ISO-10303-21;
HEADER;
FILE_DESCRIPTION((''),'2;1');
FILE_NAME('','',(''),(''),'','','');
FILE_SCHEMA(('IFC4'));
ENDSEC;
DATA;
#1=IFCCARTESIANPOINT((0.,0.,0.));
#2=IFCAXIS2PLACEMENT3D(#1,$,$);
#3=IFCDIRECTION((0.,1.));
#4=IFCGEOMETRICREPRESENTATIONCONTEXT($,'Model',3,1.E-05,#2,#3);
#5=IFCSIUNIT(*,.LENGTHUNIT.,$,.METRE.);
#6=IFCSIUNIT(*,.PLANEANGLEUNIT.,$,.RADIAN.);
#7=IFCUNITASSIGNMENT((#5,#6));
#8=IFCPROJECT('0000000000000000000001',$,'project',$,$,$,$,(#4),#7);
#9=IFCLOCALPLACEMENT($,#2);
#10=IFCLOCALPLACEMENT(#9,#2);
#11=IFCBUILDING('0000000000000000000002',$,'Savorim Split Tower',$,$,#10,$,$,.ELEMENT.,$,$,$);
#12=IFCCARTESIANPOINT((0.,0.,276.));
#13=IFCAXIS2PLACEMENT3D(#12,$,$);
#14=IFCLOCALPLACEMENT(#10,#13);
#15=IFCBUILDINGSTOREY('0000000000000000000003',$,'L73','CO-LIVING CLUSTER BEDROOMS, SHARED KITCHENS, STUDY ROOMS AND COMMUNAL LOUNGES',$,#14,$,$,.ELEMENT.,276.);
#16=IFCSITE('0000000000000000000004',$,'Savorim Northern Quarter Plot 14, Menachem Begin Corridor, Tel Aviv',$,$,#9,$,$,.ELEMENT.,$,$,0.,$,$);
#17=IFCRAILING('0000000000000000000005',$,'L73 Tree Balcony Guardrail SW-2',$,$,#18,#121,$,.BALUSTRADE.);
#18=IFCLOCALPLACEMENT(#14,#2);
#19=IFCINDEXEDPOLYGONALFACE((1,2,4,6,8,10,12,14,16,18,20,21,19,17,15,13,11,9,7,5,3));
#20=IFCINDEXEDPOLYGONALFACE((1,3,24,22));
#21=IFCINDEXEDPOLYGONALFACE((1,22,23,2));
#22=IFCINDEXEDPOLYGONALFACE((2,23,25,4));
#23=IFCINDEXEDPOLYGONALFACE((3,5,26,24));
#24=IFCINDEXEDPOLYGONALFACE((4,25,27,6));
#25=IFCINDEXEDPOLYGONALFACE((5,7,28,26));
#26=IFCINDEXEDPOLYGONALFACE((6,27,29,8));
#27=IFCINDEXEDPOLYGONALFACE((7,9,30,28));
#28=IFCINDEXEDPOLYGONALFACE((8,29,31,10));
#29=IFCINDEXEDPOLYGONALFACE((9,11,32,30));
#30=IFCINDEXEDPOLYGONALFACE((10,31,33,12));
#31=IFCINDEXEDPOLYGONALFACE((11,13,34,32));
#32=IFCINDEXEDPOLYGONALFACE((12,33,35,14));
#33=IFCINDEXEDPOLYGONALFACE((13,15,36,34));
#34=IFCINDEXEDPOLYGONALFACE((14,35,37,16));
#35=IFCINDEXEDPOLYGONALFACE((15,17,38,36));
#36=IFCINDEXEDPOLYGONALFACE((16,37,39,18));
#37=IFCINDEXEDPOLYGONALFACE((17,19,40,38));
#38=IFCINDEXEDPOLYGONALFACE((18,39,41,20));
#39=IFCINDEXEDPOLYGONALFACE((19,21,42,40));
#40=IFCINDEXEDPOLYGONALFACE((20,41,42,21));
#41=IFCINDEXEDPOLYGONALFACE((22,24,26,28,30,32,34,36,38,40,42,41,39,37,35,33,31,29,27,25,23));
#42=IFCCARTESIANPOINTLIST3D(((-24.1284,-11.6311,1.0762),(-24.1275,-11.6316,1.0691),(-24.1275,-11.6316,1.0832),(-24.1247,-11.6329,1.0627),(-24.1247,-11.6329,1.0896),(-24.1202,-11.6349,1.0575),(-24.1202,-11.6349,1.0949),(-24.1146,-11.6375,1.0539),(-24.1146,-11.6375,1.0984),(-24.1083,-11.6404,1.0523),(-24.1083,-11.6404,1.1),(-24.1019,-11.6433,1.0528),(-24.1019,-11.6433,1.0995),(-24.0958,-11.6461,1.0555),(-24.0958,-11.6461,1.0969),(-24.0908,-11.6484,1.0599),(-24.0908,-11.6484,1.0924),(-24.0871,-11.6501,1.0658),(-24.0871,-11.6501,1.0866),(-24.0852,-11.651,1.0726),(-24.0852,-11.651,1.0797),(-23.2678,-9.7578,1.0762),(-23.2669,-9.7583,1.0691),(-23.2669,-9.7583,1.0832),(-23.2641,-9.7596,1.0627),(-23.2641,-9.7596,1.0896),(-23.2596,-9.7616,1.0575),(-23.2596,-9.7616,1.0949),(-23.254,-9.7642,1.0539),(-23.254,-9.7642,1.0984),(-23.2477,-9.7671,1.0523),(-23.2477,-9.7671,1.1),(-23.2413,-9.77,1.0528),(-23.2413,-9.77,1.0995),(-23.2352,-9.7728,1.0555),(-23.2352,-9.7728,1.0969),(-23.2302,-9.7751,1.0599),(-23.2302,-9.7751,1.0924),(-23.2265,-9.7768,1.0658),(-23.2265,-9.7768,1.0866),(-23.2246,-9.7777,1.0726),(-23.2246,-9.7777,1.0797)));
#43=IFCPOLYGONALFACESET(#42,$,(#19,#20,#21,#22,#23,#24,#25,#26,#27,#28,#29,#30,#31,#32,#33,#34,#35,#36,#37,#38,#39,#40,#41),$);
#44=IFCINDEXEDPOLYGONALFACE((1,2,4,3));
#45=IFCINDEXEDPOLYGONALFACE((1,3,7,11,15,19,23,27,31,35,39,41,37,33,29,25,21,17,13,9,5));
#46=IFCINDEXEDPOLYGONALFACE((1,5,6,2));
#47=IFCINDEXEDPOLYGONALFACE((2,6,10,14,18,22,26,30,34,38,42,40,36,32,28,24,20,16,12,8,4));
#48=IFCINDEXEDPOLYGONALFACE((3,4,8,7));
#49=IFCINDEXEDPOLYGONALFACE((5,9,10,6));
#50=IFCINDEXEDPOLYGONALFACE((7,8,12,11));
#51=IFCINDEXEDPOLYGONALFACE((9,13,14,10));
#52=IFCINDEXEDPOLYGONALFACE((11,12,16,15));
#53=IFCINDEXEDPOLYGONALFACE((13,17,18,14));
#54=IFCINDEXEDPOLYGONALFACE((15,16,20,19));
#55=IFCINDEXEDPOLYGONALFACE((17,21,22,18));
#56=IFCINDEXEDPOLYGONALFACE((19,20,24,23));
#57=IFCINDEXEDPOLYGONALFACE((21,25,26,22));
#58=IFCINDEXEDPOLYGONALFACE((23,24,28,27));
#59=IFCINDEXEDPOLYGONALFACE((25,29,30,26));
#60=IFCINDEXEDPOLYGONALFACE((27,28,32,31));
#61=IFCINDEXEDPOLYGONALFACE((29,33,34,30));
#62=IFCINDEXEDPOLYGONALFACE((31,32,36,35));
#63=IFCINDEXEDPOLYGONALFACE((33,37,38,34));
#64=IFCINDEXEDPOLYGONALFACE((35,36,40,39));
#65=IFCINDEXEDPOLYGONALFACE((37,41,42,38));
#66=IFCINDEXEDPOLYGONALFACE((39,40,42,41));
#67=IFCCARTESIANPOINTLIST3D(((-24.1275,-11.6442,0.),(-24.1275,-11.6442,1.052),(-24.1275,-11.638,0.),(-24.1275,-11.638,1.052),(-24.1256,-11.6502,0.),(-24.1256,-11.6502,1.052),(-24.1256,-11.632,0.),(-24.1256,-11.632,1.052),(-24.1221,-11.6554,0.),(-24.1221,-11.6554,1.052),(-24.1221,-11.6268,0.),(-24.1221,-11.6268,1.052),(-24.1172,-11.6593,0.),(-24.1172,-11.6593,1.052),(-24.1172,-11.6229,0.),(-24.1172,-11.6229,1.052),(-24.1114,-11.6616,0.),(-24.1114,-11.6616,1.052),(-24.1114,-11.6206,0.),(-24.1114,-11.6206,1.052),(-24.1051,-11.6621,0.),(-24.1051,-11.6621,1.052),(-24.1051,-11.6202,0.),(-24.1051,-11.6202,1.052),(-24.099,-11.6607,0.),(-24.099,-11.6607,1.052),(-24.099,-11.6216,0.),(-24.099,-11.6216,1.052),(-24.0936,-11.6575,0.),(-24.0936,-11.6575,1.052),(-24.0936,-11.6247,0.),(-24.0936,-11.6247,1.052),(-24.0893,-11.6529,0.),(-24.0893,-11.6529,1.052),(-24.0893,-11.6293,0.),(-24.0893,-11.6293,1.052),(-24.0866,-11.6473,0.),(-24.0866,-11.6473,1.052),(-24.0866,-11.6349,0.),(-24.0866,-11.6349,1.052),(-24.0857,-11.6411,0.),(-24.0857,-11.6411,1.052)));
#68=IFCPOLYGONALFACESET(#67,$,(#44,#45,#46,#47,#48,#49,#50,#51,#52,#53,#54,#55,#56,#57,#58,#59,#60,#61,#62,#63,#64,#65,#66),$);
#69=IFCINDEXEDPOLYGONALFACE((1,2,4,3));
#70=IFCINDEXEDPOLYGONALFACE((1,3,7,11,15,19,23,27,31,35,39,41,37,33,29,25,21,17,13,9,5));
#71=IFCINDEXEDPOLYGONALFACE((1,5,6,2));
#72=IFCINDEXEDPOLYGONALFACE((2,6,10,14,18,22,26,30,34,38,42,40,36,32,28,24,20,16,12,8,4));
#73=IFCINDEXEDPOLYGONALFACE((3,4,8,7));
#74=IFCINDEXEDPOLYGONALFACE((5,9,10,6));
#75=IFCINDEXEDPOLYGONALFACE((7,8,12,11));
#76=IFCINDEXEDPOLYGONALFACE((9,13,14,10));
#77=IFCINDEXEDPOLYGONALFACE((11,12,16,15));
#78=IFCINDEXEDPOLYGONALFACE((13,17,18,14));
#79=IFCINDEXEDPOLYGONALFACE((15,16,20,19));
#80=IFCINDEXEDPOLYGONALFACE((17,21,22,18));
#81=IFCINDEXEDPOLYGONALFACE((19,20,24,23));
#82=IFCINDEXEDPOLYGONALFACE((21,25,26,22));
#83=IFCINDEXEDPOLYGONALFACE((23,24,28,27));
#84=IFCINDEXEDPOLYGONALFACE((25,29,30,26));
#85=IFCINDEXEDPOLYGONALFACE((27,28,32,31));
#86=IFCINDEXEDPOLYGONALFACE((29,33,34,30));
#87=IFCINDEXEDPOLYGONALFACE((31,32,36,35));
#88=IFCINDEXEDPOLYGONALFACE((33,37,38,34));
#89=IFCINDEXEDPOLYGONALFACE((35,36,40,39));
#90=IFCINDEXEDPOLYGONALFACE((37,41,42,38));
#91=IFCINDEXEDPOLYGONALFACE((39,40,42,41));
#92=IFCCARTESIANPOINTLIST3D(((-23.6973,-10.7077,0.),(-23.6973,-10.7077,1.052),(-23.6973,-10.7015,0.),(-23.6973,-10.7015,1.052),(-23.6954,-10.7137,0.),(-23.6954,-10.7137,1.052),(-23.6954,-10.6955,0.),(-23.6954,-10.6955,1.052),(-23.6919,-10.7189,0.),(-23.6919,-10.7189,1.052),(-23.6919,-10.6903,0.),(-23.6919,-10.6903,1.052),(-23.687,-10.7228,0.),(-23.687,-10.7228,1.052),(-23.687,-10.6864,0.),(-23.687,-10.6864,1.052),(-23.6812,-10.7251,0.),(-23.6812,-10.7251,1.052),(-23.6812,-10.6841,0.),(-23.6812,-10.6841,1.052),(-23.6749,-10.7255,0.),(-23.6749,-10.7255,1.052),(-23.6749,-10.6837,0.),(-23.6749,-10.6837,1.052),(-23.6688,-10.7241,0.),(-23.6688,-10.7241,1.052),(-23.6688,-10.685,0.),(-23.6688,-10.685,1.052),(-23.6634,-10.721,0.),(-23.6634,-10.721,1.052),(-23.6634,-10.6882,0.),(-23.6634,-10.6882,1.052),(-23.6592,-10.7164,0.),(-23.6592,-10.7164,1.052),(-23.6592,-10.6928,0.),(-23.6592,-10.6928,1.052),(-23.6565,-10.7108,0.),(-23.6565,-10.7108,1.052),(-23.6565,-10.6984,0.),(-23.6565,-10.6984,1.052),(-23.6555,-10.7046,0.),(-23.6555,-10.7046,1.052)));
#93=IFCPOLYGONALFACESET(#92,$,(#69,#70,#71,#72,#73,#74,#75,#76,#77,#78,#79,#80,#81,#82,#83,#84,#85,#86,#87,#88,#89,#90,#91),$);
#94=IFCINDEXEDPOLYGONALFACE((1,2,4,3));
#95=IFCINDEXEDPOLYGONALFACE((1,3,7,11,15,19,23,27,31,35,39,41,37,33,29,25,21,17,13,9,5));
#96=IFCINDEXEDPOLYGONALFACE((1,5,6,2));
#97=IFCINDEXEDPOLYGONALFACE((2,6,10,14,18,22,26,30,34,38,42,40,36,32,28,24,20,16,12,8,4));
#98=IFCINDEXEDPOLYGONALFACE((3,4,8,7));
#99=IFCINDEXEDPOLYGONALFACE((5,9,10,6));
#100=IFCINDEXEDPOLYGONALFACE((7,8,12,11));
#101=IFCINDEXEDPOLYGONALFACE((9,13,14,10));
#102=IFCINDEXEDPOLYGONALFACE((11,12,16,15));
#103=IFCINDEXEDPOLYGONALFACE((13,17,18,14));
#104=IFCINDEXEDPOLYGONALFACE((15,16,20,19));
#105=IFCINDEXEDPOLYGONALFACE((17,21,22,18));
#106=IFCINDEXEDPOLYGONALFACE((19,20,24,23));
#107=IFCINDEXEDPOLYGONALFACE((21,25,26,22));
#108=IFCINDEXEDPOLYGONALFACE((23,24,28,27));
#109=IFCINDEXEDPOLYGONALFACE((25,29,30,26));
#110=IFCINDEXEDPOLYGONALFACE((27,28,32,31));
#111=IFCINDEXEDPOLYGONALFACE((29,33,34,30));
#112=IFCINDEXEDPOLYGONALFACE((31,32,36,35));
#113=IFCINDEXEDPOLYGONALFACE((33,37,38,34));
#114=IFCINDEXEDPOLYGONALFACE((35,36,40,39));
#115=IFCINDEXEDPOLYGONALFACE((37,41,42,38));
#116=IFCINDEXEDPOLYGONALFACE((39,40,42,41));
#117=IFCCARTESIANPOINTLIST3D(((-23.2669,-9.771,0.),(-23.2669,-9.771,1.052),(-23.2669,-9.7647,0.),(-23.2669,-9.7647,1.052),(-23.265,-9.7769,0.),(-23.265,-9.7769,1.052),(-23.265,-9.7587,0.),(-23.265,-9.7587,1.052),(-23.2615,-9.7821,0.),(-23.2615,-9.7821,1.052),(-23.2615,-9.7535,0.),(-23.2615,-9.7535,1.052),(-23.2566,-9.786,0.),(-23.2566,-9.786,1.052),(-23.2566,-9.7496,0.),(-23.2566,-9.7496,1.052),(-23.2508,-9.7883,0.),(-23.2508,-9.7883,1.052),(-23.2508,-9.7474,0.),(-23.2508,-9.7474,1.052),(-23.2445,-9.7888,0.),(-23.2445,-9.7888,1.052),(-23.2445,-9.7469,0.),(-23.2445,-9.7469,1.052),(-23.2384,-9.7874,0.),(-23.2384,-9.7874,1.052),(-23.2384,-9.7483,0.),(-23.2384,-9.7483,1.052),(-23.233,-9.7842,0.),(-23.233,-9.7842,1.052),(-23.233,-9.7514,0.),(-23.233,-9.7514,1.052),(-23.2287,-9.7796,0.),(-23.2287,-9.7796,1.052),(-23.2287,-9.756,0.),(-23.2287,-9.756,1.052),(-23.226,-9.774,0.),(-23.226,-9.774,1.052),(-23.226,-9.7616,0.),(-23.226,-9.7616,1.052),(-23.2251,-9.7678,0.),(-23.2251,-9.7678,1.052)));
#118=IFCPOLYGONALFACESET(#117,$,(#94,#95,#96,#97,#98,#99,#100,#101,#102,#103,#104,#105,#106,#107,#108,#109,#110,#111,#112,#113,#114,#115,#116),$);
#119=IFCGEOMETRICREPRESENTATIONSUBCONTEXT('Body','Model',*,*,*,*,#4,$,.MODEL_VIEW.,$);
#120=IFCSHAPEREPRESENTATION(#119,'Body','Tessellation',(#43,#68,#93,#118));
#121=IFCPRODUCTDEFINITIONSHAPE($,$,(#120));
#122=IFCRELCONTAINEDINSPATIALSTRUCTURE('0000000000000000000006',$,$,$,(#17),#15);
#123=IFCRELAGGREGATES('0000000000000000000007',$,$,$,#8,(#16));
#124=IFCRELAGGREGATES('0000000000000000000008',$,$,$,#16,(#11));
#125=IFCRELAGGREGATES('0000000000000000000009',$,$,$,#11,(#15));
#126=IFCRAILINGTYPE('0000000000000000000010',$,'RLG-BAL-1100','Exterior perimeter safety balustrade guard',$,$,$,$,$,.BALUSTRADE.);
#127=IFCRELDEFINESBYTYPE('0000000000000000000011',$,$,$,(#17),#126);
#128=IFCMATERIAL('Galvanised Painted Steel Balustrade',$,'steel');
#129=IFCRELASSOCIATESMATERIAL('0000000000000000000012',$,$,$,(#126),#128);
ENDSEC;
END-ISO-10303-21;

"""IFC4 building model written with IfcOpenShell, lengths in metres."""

from ifc_helpers import new_model, si_unit, direction, frame, origin, origin_2d, place, context, subcontext, project, spatial, circle, extrude, material, type_object, element, save


model = new_model("IFC4")

# Units and contexts
model_context = context("Model", 3, precision=1e-05, world=origin(), true_north=direction((0.0, 1.0)))
body_context = subcontext(model_context, "Body", "Model", "MODEL_VIEW")
ifc_project = project(units=[si_unit("LENGTHUNIT", "METRE"), si_unit("PLANEANGLEUNIT", "RADIAN")], contexts=[model_context])

# Site, building, storey
site_placement = place(None, origin())
site = spatial("IfcSite", under=ifc_project, at=site_placement, Name="Savorim Northern Quarter Plot 14, Menachem Begin Corridor, Tel Aviv", CompositionType="ELEMENT", RefElevation=0.0)
building_placement = place(site_placement, origin())
building = spatial("IfcBuilding", under=site, at=building_placement, Name="Savorim Split Tower", CompositionType="ELEMENT")
storey_placement = place(building_placement, frame((0.0, 0.0, 276.0)))
storey = spatial("IfcBuildingStorey", under=building, at=storey_placement, Name="L73", Description="CO-LIVING CLUSTER BEDROOMS, SHARED KITCHENS, STUDY ROOMS AND COMMUNAL LOUNGES", CompositionType="ELEMENT", Elevation=276.0)

# Railing
ifc_material_1 = material(Name="Galvanised Painted Steel Balustrade", Category="steel")
railing_type = type_object("IfcRailingType", Name="RLG-BAL-1100", Description="Exterior perimeter safety balustrade guard", PredefinedType="BALUSTRADE", material=ifc_material_1)
railing_1_placement = place(storey_placement, frame((-24.1067, -11.6411, 0.0)))
element("IfcRailing", 1, at=railing_1_placement, inside=storey, type_object=railing_type, Name="L73 Tree Balcony Guardrail SW-2", PredefinedType="BALUSTRADE", context=body_context, shape_type="SweptSolid", body=[
    extrude(circle(Radius=0.0239, at=origin_2d()), frame((0.0, 0.0, 1.0762), z_axis=(0.417458, 0.908696, 0.0), x_axis=(-0.908696, 0.417458, 0.0)), (0.0, 0.0, 1.0), 2.0615),
    extrude(circle(Radius=0.021, at=origin_2d()), origin(), (0.0, 0.0, 1.0), 1.052),
    extrude(circle(Radius=0.021, at=origin_2d()), frame((0.4302, 0.9365, 0.0)), (0.0, 0.0, 1.0), 1.052),
    extrude(circle(Radius=0.021, at=origin_2d()), frame((0.8606, 1.8733, 0.0)), (0.0, 0.0, 1.0), 1.052),
])

save(model, "model.ifc")
